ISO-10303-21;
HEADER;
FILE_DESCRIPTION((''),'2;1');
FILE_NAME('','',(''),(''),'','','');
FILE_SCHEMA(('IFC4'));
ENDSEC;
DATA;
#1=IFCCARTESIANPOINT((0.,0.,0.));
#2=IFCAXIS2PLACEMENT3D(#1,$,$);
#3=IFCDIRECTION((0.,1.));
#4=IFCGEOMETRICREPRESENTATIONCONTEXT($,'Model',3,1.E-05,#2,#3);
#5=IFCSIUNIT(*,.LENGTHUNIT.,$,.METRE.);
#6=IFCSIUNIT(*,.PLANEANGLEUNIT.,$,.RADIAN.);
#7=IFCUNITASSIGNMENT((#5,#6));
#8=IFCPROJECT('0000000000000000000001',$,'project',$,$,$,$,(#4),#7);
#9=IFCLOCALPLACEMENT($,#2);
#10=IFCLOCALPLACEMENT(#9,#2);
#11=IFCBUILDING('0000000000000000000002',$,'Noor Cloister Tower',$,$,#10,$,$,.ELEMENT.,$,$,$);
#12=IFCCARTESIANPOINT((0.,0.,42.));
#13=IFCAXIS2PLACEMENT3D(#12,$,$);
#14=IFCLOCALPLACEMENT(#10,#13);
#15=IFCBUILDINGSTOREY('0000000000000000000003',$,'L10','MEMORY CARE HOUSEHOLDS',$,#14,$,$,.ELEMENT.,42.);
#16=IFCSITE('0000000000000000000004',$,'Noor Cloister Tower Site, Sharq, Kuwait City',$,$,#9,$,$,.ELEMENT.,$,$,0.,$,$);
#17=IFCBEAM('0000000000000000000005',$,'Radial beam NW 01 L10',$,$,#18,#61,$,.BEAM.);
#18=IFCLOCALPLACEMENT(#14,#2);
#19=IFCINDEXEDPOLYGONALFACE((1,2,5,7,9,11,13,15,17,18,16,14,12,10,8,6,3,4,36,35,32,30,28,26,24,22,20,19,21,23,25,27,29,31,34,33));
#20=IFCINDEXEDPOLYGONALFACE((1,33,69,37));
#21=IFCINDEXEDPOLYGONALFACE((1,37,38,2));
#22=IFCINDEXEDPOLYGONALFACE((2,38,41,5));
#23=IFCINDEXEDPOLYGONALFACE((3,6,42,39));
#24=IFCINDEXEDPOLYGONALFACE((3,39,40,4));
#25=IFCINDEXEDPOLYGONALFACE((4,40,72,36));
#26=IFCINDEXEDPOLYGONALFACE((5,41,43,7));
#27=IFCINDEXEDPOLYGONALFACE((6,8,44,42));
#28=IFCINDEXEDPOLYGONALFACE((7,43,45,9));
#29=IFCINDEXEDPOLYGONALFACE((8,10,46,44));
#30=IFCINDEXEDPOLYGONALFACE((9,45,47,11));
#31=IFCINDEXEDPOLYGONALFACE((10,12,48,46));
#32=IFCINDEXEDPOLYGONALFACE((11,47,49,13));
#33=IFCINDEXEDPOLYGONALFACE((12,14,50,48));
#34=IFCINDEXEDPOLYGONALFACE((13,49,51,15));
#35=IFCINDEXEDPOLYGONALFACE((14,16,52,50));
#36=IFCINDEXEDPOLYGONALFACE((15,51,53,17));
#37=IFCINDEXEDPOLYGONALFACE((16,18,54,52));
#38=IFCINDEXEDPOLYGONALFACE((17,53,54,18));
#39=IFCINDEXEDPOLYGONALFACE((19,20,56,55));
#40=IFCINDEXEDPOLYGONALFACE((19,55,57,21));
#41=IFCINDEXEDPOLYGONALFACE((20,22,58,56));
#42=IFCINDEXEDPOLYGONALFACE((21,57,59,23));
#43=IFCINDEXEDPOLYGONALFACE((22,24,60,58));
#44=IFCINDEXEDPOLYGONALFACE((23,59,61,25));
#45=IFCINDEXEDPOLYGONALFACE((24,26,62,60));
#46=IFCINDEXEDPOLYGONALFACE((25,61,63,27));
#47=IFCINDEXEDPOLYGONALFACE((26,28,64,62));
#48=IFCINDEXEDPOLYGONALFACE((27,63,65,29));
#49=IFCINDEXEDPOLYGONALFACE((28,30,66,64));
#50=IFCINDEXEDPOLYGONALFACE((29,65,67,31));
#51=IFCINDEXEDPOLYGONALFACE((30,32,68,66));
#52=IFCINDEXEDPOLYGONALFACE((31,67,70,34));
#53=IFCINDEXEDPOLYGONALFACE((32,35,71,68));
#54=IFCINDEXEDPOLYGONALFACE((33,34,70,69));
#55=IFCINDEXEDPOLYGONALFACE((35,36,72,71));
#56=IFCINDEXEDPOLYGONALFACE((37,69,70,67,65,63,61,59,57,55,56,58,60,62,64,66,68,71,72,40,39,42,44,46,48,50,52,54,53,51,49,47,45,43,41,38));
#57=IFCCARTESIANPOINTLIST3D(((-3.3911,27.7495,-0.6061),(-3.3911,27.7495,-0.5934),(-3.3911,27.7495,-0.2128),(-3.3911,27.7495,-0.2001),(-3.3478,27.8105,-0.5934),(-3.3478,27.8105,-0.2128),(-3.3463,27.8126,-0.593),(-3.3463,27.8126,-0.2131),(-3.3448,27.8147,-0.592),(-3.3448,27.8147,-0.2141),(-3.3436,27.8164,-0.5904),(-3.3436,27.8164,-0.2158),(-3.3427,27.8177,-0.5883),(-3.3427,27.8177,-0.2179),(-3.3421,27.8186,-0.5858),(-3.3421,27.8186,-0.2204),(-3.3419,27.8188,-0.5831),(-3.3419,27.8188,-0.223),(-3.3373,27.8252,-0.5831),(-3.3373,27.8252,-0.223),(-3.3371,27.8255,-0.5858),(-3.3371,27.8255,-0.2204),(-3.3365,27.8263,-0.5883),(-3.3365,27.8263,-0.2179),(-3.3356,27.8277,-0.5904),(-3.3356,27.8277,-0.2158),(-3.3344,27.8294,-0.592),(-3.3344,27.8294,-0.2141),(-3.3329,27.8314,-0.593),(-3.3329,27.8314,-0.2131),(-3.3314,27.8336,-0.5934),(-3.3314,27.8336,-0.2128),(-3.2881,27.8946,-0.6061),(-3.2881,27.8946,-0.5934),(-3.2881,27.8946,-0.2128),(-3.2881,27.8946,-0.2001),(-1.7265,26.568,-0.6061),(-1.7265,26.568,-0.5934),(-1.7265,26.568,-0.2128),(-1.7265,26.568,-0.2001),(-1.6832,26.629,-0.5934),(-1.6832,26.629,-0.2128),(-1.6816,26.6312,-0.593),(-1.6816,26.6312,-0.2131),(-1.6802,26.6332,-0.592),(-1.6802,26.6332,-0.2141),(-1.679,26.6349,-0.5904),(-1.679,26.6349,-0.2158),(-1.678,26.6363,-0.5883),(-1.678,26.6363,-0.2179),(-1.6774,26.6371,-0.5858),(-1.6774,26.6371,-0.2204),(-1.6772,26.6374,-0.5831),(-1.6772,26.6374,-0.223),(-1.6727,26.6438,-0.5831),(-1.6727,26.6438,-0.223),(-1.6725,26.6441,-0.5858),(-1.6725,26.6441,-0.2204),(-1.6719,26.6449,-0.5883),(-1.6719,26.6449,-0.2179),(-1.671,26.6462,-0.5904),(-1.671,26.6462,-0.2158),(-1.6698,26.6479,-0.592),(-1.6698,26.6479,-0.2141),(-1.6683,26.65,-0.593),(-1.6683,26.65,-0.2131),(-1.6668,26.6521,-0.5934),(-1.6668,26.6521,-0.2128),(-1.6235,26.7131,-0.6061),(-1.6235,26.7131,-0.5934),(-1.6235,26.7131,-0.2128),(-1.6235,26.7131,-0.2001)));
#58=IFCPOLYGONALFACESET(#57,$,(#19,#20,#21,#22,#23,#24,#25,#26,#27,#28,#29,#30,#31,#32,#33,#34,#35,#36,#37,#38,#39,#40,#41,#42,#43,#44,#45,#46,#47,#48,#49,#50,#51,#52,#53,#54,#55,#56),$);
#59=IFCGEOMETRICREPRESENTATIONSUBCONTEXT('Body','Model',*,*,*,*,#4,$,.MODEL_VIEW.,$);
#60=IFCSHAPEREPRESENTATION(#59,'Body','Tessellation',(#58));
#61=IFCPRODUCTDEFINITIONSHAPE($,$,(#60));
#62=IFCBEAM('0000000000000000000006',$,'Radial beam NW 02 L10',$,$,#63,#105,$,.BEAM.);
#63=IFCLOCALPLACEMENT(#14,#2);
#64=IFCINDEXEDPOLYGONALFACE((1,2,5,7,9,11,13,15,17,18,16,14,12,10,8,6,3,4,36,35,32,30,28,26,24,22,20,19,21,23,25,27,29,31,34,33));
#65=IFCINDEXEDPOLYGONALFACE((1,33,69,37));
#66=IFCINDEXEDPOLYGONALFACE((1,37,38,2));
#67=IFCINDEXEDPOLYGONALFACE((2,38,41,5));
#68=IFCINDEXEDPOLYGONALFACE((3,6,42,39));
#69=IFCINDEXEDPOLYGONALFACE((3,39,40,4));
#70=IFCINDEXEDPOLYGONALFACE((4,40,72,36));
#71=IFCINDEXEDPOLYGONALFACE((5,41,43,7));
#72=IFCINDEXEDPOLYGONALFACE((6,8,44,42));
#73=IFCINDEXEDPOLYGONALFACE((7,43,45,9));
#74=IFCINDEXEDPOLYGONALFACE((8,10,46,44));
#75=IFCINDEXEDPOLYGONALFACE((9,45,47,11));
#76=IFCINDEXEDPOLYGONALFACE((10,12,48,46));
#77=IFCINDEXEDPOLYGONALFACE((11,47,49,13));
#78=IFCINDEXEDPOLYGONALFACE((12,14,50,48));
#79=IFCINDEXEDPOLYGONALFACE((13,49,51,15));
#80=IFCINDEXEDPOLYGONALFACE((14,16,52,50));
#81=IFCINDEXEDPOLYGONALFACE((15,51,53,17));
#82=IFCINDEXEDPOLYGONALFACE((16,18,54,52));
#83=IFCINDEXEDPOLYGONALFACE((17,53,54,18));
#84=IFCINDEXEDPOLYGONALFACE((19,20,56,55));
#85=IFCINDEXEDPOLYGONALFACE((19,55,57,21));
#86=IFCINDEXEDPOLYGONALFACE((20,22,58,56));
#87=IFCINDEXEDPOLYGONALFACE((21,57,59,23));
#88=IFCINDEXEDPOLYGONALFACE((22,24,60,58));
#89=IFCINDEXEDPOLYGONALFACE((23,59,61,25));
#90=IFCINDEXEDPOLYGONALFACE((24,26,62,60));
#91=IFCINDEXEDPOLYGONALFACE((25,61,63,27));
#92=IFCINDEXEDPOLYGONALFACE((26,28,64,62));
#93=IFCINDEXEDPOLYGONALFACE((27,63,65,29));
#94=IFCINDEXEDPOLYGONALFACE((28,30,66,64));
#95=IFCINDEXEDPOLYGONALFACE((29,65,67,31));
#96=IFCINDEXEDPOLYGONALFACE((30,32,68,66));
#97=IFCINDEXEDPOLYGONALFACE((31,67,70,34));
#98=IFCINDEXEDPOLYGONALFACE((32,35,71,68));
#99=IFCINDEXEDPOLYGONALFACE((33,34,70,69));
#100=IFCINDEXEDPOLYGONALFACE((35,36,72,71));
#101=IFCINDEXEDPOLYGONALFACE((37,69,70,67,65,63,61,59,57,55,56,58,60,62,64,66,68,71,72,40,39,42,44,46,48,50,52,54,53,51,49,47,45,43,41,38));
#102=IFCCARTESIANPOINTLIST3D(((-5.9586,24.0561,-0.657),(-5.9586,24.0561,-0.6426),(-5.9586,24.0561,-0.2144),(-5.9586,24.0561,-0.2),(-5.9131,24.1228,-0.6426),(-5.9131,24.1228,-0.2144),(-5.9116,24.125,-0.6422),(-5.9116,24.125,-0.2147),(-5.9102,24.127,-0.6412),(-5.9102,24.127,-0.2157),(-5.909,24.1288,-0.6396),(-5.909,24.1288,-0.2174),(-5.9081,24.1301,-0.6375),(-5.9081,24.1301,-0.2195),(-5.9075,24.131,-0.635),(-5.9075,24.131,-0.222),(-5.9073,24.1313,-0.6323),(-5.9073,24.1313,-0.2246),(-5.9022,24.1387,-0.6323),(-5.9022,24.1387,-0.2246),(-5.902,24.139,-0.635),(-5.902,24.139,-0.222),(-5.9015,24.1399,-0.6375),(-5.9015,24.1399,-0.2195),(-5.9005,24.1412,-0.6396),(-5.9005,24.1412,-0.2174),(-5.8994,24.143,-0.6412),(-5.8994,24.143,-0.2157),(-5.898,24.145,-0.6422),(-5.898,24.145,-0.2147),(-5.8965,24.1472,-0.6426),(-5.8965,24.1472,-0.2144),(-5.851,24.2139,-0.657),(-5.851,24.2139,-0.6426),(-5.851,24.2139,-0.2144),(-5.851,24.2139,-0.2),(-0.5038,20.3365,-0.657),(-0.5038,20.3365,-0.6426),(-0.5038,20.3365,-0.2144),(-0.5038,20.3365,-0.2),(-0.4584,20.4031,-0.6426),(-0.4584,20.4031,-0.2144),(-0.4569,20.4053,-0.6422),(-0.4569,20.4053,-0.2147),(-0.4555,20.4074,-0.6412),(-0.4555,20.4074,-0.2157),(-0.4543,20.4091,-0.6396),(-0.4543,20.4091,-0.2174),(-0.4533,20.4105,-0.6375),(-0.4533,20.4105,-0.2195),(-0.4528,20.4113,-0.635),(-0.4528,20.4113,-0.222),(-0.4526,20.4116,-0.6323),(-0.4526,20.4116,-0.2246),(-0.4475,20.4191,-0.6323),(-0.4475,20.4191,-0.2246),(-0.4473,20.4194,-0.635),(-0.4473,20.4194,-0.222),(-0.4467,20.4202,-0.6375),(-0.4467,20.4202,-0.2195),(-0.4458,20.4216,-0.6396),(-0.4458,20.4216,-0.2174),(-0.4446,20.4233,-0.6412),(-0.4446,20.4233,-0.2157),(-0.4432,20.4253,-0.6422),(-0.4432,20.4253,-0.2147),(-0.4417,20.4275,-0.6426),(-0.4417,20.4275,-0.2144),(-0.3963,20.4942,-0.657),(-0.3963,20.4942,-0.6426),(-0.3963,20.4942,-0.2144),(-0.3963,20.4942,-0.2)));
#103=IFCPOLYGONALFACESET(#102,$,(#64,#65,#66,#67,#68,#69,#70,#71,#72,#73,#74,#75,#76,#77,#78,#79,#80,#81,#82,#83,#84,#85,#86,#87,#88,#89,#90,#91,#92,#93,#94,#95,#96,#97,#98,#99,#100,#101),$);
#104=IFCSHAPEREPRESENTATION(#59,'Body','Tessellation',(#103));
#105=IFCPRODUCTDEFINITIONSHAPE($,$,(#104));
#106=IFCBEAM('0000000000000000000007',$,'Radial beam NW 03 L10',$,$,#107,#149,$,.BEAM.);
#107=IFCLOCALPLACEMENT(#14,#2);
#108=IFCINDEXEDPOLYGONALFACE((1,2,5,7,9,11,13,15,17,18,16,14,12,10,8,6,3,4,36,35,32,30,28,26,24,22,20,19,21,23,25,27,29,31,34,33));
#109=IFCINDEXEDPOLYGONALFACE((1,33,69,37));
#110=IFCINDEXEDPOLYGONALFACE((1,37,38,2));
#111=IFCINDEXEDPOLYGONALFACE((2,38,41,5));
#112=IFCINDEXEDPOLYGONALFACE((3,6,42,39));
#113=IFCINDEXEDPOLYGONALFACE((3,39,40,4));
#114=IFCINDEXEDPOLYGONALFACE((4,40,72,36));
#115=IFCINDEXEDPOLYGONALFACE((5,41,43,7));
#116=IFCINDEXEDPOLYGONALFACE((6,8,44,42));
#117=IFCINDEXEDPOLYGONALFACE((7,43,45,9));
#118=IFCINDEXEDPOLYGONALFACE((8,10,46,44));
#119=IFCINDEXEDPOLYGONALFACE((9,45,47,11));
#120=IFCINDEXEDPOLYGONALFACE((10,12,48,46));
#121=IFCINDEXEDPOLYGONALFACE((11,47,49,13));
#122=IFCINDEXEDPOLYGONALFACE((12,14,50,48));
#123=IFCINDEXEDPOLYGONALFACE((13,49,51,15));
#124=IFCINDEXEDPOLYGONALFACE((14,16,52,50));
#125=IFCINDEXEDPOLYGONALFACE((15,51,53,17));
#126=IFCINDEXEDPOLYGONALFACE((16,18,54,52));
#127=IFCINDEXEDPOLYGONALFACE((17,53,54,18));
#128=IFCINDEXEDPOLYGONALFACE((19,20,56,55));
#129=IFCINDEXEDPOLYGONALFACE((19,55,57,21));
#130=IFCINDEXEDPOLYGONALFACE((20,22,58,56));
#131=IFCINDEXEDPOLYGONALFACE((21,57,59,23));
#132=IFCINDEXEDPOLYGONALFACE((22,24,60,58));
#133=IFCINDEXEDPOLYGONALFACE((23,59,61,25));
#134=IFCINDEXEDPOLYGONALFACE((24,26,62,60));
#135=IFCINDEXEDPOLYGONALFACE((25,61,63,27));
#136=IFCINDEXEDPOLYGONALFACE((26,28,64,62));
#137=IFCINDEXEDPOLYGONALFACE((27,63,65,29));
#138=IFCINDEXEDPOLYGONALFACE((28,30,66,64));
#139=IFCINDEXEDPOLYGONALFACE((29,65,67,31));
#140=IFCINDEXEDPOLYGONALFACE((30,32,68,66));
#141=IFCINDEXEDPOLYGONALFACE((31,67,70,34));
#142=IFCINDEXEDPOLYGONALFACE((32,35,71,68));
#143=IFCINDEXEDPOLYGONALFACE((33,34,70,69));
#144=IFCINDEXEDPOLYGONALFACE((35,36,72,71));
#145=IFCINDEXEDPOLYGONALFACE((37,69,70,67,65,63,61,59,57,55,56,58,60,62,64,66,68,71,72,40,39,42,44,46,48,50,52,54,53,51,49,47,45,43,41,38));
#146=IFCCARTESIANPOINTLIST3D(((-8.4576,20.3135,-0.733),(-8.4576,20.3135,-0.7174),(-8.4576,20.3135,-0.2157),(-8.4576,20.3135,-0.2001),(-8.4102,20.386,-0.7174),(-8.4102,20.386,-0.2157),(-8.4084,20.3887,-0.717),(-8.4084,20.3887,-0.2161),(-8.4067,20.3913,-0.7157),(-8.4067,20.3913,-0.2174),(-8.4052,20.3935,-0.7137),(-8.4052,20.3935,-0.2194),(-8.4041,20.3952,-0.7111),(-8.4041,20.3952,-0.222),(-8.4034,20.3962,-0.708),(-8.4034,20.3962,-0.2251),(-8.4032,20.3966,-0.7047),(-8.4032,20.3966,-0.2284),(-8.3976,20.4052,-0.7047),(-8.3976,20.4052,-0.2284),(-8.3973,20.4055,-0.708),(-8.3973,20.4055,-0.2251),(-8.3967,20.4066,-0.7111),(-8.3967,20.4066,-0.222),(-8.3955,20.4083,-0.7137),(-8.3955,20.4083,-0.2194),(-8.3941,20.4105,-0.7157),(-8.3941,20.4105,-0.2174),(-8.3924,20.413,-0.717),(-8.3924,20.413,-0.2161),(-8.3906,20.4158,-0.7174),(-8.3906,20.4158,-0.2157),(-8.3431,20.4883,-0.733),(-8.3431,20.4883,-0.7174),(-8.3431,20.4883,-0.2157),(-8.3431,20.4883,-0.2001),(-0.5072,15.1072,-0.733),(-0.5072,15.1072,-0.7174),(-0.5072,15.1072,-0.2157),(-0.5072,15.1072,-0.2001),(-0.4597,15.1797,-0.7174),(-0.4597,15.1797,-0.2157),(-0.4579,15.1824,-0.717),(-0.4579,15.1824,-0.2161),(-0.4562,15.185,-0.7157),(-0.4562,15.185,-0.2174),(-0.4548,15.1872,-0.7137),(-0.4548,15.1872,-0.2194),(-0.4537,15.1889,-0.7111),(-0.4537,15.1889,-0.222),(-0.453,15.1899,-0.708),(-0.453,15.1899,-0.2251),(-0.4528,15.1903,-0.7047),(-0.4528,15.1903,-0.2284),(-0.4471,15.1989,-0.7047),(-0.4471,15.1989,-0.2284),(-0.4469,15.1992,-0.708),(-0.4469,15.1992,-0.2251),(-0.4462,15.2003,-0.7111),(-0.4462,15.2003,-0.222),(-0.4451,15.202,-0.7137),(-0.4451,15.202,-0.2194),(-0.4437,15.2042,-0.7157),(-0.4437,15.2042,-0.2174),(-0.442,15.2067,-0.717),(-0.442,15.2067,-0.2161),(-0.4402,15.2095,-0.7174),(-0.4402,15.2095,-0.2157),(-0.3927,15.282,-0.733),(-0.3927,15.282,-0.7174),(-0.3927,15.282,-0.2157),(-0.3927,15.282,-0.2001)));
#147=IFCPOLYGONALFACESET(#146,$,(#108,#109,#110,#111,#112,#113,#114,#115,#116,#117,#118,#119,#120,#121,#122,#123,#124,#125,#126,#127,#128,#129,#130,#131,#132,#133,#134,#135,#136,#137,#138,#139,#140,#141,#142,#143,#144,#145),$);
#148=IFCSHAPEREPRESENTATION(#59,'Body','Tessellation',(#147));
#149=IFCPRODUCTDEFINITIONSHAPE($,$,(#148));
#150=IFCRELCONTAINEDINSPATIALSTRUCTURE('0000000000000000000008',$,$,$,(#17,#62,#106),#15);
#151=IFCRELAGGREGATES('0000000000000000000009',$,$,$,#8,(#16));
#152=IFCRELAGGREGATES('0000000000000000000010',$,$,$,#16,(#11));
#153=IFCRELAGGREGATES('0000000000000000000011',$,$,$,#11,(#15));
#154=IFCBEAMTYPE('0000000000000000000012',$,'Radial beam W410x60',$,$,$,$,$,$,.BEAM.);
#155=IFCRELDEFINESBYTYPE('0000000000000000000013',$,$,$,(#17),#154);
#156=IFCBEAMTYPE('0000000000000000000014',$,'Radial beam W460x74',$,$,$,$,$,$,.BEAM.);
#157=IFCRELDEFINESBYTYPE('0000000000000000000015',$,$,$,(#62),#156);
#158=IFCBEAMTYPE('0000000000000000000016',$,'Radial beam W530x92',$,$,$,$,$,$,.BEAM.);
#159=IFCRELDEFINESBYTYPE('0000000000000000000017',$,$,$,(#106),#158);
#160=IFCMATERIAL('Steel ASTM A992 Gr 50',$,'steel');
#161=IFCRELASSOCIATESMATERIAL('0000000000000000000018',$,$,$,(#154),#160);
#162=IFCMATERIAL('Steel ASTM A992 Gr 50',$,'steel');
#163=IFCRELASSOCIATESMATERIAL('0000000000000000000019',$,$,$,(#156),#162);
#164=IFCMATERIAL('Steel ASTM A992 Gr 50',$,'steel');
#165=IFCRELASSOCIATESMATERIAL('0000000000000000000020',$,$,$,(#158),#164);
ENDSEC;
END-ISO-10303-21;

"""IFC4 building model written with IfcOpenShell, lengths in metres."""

from ifc_helpers import new_model, si_unit, direction, frame, origin, origin_2d, place, context, subcontext, project, spatial, i_section, extrude, material, material_profile, profile_set, type_object, element, save


model = new_model("IFC4")

# Units and contexts
model_context = context("Model", 3, precision=1e-05, world=origin(), true_north=direction((0.0, 1.0)))
body_context = subcontext(model_context, "Body", "Model", "MODEL_VIEW")
ifc_project = project(units=[si_unit("LENGTHUNIT", "METRE"), si_unit("PLANEANGLEUNIT", "RADIAN")], contexts=[model_context])

# Site, building, storey
site_placement = place(None, origin())
site = spatial("IfcSite", under=ifc_project, at=site_placement, Name="Noor Cloister Tower Site, Sharq, Kuwait City", CompositionType="ELEMENT", RefElevation=0.0)
building_placement = place(site_placement, origin())
building = spatial("IfcBuilding", under=site, at=building_placement, Name="Noor Cloister Tower", CompositionType="ELEMENT")
storey_placement = place(building_placement, frame((0.0, 0.0, 42.0)))
storey = spatial("IfcBuildingStorey", under=building, at=storey_placement, Name="L10", Description="MEMORY CARE HOUSEHOLDS", CompositionType="ELEMENT", Elevation=42.0)

# Beams
ifc_material_1 = material(Name="Steel ASTM A992 Gr 50", Category="steel")
ifc_material_profile_1 = material_profile(ifc_material_1, i_section(OverallWidth=0.178, OverallDepth=0.406, WebThickness=0.0078, FlangeThickness=0.0127, FilletRadius=0.0103, at=origin_2d()), Name="W410x60")
ifc_profile_set_1 = profile_set([ifc_material_profile_1], Name="Steel ASTM A992 Gr 50")
beam_type_1 = type_object("IfcBeamType", Name="Radial beam W410x60", PredefinedType="BEAM", material=ifc_profile_set_1)
beam_1_placement = place(storey_placement, frame((-3.3396, 27.822, -0.4031), z_axis=(0.815483, -0.57878, 0.0), x_axis=(0.57878, 0.815483, 0.0)))
element("IfcBeam", 1, at=beam_1_placement, inside=storey, type_object=beam_type_1, Name="Radial beam NW 01 L10", PredefinedType="BEAM", context=body_context, shape_type="SweptSolid", body=[
    extrude(i_section(OverallWidth=0.178, OverallDepth=0.406, WebThickness=0.0078, FlangeThickness=0.0127, FilletRadius=0.0103, at=origin_2d()), origin(), (0.0, 0.0, 1.0), 2.0413),
])
ifc_material_2 = material(Name="Steel ASTM A992 Gr 50", Category="steel")
ifc_material_profile_2 = material_profile(ifc_material_2, i_section(OverallWidth=0.1909, OverallDepth=0.457, WebThickness=0.009, FlangeThickness=0.0144, FilletRadius=0.0103, at=origin_2d()), Name="W460x74")
ifc_profile_set_2 = profile_set([ifc_material_profile_2], Name="Steel ASTM A992 Gr 50")
beam_type_2 = type_object("IfcBeamType", Name="Radial beam W460x74", PredefinedType="BEAM", material=ifc_profile_set_2)
beam_2_placement = place(storey_placement, frame((-5.9048, 24.135, -0.4285), z_axis=(0.826191, -0.563391, 0.0), x_axis=(0.563391, 0.826191, 0.0)))
element("IfcBeam", 2, at=beam_2_placement, inside=storey, type_object=beam_type_2, Name="Radial beam NW 02 L10", PredefinedType="BEAM", context=body_context, shape_type="SweptSolid", body=[
    extrude(i_section(OverallWidth=0.1909, OverallDepth=0.457, WebThickness=0.009, FlangeThickness=0.0144, FilletRadius=0.0103, at=origin_2d()), origin(), (0.0, 0.0, 1.0), 6.6023),
])
ifc_material_3 = material(Name="Steel ASTM A992 Gr 50", Category="steel")
ifc_material_profile_3 = material_profile(ifc_material_3, i_section(OverallWidth=0.209, OverallDepth=0.533, WebThickness=0.0103, FlangeThickness=0.0156, FilletRadius=0.0127, at=origin_2d()), Name="W530x92")
ifc_profile_set_3 = profile_set([ifc_material_profile_3], Name="Steel ASTM A992 Gr 50")
beam_type_3 = type_object("IfcBeamType", Name="Radial beam W530x92", PredefinedType="BEAM", material=ifc_profile_set_3)
beam_3_placement = place(storey_placement, frame((-8.4004, 20.4009, -0.4666), z_axis=(0.836587, -0.547834, 0.0), x_axis=(0.547834, 0.836587, 0.0)))
element("IfcBeam", 3, at=beam_3_placement, inside=storey, type_object=beam_type_3, Name="Radial beam NW 03 L10", PredefinedType="BEAM", context=body_context, shape_type="SweptSolid", body=[
    extrude(i_section(OverallWidth=0.209, OverallDepth=0.533, WebThickness=0.0103, FlangeThickness=0.0156, FilletRadius=0.0127, at=origin_2d()), origin(), (0.0, 0.0, 1.0), 9.5034),
])

save(model, "model.ifc")
